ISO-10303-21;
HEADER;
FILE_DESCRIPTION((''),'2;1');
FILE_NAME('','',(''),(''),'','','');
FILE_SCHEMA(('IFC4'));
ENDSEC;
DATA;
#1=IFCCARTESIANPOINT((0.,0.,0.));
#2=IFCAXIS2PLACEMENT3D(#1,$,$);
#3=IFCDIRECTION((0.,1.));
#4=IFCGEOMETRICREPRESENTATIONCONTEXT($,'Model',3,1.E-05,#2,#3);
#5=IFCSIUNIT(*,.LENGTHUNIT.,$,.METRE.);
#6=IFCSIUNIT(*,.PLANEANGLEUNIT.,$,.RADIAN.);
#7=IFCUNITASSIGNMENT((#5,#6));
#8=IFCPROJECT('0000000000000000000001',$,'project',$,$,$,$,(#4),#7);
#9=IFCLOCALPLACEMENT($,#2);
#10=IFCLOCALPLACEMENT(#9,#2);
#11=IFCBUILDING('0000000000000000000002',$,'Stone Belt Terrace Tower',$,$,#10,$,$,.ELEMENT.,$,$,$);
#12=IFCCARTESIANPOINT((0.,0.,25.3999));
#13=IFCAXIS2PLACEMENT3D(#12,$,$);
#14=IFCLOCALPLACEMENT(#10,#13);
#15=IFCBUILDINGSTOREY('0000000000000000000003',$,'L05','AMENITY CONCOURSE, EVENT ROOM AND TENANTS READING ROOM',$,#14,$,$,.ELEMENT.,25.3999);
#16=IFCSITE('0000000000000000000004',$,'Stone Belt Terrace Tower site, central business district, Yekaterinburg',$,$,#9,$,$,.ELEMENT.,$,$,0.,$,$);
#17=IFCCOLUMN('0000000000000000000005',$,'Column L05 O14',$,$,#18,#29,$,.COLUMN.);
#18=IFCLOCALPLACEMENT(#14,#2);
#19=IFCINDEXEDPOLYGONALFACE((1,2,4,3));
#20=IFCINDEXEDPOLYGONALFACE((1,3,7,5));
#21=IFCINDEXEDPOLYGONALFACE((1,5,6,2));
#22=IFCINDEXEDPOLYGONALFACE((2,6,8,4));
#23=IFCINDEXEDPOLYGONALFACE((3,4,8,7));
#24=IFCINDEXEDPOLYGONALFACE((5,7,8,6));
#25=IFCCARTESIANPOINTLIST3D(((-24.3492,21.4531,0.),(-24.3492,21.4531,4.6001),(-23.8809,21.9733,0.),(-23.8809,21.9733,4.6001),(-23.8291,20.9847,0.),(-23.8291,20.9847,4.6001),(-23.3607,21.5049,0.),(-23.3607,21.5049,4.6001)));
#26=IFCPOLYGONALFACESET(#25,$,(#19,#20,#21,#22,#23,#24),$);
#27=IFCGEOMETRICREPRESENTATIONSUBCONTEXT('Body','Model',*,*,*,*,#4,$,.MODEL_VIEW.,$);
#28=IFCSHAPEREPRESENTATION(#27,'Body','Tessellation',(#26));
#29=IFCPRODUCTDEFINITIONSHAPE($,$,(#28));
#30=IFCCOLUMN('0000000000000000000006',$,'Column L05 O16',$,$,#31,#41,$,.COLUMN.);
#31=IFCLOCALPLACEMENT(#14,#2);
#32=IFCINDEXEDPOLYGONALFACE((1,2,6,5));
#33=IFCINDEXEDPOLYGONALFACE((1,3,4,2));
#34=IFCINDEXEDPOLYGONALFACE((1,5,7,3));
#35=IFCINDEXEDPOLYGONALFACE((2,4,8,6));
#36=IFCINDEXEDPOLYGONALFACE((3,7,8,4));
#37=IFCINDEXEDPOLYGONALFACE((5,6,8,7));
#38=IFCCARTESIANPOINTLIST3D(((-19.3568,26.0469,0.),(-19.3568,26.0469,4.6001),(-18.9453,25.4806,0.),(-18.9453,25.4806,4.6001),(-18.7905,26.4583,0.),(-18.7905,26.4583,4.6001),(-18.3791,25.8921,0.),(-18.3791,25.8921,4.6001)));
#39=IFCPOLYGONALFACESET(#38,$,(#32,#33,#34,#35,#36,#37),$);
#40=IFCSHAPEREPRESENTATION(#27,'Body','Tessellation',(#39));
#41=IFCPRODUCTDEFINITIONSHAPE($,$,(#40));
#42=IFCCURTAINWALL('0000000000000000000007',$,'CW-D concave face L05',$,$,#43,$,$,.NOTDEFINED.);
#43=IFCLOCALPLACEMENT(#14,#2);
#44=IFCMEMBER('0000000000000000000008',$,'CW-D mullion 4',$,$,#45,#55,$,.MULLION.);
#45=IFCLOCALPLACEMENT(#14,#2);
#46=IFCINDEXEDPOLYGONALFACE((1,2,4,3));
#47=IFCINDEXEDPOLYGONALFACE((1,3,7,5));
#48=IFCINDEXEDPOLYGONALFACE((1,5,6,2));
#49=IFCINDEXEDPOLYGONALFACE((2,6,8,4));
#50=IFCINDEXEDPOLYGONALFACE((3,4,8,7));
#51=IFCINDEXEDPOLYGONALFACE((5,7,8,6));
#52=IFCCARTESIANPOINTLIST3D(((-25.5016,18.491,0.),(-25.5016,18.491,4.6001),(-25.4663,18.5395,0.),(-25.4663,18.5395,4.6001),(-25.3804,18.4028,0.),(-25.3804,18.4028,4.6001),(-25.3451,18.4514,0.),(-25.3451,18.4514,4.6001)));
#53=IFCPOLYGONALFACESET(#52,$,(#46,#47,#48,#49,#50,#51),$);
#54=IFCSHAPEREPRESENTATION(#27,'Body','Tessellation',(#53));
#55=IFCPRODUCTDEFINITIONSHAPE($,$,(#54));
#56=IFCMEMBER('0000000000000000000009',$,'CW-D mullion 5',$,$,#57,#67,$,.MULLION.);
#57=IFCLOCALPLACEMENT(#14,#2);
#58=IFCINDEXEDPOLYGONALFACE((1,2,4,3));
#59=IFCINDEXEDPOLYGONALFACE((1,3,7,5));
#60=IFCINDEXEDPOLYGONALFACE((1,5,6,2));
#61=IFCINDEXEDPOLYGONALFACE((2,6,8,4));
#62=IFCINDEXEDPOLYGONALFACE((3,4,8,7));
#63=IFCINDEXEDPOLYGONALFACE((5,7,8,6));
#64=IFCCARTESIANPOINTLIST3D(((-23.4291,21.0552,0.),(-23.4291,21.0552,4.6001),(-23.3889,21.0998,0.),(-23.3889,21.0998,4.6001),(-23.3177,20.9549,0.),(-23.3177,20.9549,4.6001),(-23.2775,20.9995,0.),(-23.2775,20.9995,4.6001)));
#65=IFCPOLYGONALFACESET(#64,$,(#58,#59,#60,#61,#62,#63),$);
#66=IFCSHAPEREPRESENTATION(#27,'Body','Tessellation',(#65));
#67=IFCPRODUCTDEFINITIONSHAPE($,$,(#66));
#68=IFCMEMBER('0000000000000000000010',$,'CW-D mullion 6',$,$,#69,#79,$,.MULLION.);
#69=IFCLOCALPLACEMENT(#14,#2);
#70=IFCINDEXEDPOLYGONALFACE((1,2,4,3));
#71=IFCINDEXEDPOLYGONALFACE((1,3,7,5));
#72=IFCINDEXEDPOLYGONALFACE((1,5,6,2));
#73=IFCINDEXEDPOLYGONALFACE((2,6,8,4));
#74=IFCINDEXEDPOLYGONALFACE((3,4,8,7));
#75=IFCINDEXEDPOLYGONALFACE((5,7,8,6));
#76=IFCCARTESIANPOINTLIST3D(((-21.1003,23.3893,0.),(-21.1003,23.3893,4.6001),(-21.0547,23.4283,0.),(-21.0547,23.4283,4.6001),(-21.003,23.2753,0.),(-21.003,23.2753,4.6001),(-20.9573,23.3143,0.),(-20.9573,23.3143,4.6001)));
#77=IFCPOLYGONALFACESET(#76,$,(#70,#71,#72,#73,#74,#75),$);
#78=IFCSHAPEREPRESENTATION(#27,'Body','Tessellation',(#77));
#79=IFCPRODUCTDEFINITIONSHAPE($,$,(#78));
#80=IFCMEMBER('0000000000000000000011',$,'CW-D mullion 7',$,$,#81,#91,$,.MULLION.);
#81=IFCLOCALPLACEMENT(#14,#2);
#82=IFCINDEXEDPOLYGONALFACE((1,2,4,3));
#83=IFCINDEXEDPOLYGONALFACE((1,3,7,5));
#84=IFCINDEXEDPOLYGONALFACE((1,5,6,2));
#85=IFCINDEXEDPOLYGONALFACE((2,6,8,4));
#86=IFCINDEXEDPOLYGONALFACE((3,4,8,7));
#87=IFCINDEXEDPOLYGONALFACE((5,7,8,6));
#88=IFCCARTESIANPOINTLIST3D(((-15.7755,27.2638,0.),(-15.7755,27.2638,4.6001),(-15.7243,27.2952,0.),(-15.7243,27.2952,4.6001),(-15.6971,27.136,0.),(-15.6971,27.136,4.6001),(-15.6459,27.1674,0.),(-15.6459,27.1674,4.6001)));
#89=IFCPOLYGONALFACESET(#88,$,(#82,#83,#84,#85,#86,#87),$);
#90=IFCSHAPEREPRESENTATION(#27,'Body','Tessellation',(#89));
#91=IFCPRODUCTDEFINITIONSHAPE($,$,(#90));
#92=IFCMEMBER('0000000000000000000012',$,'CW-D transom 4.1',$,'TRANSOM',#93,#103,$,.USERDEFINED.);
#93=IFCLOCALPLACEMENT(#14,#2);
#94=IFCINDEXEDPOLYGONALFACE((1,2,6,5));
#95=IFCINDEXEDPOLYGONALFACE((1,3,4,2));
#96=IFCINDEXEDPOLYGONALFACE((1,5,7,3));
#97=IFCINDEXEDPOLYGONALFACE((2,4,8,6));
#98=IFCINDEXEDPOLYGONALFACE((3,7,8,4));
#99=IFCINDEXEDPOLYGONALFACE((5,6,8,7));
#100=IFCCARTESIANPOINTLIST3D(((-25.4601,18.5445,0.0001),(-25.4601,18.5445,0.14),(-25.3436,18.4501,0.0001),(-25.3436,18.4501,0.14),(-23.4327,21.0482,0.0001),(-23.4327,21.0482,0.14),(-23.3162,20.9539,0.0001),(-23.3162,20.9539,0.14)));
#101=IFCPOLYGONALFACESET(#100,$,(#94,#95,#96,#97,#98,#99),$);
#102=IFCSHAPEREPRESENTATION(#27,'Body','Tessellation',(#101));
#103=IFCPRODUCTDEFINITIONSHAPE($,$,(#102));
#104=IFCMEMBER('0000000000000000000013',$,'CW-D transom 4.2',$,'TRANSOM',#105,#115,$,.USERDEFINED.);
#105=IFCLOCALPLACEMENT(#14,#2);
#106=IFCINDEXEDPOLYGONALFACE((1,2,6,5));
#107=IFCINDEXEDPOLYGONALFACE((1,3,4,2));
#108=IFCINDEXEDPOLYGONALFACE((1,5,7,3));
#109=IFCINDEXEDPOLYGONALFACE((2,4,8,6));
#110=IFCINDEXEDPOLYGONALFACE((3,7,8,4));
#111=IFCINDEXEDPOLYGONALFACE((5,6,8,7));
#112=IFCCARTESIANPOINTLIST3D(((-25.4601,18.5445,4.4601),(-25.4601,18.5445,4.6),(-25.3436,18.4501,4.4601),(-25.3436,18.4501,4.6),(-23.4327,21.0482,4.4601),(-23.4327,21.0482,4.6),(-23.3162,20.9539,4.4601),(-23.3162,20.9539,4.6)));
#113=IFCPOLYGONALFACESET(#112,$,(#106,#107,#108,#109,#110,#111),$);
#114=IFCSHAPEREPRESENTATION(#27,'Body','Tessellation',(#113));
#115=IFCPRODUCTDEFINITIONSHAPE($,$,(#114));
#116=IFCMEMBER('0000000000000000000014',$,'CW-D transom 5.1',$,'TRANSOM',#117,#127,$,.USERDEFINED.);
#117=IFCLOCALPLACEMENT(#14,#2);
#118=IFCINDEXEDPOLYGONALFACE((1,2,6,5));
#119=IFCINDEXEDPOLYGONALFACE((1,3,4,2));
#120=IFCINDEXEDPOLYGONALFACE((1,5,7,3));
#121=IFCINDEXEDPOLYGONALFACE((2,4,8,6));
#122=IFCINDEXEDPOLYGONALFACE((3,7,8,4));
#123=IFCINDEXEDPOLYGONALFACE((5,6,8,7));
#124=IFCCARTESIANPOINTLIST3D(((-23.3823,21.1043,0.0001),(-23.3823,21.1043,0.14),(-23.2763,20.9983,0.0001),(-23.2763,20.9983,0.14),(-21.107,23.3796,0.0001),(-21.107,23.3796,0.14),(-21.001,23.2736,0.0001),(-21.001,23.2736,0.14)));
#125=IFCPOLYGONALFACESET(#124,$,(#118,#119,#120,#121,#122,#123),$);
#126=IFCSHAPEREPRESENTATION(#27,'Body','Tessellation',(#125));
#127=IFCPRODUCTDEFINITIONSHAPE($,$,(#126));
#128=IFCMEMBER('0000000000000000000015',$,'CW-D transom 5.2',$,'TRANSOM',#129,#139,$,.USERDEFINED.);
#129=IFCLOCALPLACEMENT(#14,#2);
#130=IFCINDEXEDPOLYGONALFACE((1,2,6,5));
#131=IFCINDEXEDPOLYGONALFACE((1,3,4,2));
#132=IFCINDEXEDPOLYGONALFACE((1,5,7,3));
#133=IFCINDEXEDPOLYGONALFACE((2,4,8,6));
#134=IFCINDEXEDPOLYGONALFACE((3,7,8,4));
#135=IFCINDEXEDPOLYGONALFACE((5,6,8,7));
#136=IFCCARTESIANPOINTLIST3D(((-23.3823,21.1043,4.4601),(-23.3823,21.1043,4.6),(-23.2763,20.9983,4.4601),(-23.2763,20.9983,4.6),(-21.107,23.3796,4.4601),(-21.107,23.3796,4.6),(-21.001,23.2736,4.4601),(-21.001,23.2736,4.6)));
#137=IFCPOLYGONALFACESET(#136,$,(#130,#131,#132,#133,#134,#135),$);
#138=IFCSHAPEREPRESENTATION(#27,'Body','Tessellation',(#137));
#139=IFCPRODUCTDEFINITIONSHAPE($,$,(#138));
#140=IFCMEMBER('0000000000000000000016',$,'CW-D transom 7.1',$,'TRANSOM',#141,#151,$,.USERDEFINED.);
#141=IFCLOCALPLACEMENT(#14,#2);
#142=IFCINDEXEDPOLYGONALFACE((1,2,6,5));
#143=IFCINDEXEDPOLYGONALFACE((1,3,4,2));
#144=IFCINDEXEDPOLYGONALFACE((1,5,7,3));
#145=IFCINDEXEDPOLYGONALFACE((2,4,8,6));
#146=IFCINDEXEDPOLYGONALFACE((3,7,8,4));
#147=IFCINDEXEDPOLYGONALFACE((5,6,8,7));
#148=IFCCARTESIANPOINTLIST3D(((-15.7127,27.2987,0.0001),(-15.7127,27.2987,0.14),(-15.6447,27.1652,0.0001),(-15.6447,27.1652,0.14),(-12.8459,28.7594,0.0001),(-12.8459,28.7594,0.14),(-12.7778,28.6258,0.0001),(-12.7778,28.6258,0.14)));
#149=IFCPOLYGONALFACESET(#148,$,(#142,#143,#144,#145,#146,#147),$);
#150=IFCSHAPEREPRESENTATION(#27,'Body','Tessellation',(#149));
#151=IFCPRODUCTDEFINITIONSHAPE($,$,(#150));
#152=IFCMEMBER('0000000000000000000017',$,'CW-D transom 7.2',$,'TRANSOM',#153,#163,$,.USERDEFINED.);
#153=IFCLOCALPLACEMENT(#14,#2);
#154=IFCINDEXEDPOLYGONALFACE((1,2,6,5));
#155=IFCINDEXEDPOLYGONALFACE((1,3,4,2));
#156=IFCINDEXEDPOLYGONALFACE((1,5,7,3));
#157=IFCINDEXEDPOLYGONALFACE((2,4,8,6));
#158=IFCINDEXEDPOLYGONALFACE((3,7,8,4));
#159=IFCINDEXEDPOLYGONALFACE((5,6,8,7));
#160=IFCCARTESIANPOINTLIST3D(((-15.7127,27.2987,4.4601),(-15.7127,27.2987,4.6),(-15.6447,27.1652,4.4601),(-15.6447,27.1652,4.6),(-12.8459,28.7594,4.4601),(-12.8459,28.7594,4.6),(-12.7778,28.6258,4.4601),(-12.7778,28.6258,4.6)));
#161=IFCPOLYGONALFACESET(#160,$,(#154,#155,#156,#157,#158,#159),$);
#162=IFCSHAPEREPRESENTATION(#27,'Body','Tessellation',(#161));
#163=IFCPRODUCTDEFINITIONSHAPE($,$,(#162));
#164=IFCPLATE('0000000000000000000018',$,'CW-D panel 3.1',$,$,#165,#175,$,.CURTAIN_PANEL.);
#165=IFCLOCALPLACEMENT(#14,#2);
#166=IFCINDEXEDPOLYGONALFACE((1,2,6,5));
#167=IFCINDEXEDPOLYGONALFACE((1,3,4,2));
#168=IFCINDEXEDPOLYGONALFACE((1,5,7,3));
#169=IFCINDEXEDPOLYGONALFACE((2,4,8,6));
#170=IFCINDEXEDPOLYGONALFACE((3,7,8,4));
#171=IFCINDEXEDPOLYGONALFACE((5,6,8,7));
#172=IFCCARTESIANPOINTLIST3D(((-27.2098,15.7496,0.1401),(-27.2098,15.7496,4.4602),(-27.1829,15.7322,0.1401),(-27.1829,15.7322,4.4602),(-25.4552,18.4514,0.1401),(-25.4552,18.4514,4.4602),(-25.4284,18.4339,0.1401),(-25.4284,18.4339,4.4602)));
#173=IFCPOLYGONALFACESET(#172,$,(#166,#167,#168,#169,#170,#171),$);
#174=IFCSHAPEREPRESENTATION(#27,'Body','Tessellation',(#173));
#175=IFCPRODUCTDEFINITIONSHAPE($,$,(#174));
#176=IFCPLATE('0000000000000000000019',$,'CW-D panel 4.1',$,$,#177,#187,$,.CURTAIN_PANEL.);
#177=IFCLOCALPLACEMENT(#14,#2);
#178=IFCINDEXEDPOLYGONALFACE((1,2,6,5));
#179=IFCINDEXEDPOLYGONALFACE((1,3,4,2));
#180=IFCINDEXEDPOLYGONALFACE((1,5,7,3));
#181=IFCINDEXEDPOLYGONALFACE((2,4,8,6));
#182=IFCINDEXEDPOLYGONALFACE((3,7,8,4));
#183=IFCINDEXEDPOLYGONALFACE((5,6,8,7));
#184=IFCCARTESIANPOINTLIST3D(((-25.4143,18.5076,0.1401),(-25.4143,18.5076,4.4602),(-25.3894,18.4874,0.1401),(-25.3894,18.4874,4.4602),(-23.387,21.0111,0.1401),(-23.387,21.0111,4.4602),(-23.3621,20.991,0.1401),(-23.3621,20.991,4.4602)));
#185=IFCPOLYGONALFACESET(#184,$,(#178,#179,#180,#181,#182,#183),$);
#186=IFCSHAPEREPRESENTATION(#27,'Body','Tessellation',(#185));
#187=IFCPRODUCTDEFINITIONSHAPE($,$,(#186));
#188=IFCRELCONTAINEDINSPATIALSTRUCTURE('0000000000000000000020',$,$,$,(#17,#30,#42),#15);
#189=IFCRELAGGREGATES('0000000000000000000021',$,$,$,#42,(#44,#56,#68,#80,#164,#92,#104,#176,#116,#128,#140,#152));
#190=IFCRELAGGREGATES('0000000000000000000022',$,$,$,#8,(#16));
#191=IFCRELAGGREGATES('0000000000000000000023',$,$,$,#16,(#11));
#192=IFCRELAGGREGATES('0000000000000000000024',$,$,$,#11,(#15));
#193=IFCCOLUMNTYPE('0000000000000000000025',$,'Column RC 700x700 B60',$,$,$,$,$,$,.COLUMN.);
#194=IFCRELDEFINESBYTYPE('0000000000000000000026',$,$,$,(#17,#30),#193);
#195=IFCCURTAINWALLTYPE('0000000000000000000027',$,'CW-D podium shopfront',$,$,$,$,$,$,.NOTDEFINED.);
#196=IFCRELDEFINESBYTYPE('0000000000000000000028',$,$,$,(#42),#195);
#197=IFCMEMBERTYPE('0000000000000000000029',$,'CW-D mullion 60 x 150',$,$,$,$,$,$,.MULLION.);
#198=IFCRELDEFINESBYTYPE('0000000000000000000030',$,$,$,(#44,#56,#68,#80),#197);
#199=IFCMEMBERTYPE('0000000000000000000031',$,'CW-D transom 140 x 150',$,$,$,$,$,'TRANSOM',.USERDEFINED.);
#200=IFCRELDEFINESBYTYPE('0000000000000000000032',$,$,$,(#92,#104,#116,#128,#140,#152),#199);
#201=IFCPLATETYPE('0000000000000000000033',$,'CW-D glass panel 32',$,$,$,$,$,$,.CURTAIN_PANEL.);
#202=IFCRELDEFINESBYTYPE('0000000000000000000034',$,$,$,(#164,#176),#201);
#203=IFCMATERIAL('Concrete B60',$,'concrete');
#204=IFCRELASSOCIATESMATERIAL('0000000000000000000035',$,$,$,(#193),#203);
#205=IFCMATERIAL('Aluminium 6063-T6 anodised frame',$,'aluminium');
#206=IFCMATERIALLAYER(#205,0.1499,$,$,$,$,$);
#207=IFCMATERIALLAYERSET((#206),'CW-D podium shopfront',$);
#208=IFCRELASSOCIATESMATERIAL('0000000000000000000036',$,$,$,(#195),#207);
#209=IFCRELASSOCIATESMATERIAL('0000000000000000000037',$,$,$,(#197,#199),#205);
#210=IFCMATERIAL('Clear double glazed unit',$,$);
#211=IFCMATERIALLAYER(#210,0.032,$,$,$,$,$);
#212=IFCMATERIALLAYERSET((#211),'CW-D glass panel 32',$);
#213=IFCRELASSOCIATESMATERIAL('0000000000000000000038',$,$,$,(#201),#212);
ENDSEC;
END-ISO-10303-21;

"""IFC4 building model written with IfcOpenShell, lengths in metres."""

from ifc_helpers import new_model, si_unit, direction, frame, origin, origin_2d, place, context, subcontext, project, spatial, rectangle, extrude, material, layer, layer_set, material_profile, profile_set, type_object, element, aggregate, save


model = new_model("IFC4")

# Units and contexts
model_context = context("Model", 3, precision=1e-05, world=origin(), true_north=direction((0.0, 1.0)))
body_context = subcontext(model_context, "Body", "Model", "MODEL_VIEW")
ifc_project = project(units=[si_unit("LENGTHUNIT", "METRE"), si_unit("PLANEANGLEUNIT", "RADIAN")], contexts=[model_context])

# Site, building, storey
site_placement = place(None, origin())
site = spatial("IfcSite", under=ifc_project, at=site_placement, Name="Stone Belt Terrace Tower site, central business district, Yekaterinburg", CompositionType="ELEMENT", RefElevation=0.0)
building_placement = place(site_placement, origin())
building = spatial("IfcBuilding", under=site, at=building_placement, Name="Stone Belt Terrace Tower", CompositionType="ELEMENT")
storey_placement = place(building_placement, frame((0.0, 0.0, 25.3999)))
storey = spatial("IfcBuildingStorey", under=building, at=storey_placement, Name="L05", Description="AMENITY CONCOURSE, EVENT ROOM AND TENANTS READING ROOM", CompositionType="ELEMENT", Elevation=25.3999)

# Columns
ifc_material_1 = material(Name="Concrete B60", Category="concrete")
ifc_material_profile_1 = material_profile(ifc_material_1, rectangle(XDim=0.7, YDim=0.7, at=origin_2d()), Name="RC 700x700")
ifc_profile_set_1 = profile_set([ifc_material_profile_1], Name="Concrete B60")
column_type = type_object("IfcColumnType", Name="Column RC 700x700 B60", PredefinedType="COLUMN", material=ifc_profile_set_1)
for number, where, z_axis, x_axis, name in (
    (1, (-23.855, 21.479, 0.0), (0.0, 0.0, 1.0), (0.669131, 0.743145, 0.0), "Column L05 O14"),
    (2, (-18.8679, 25.9695, 0.0), (0.0, 0.0, 1.0), (0.809017, 0.587785, 0.0), "Column L05 O16"),
):
    element("IfcColumn", number, at=place(storey_placement, frame(where, z_axis=z_axis, x_axis=x_axis)), inside=storey, type_object=column_type, Name=name, PredefinedType="COLUMN", context=body_context, shape_type="SweptSolid", body=[
        extrude(rectangle(XDim=0.7, YDim=0.7, at=origin_2d()), origin(), (0.0, 0.0, 1.0), 4.6001),
    ])

# Curtain wall, members, plates
ifc_material_2 = material(Name="Aluminium 6063-T6 anodised frame", Category="aluminium")
ifc_layer_1 = layer(ifc_material_2, 0.1499)
ifc_layer_set_1 = layer_set([ifc_layer_1], Name="CW-D podium shopfront")
curtain_wall_type = type_object("IfcCurtainWallType", Name="CW-D podium shopfront", PredefinedType="NOTDEFINED", material=ifc_layer_set_1)
curtain_wall_placement = place(storey_placement, origin())
curtain_wall = element("IfcCurtainWall", 3, at=curtain_wall_placement, inside=storey, type_object=curtain_wall_type, Name="CW-D concave face L05", PredefinedType="NOTDEFINED")
ifc_material_profile_2 = material_profile(ifc_material_2, rectangle(XDim=0.1499, YDim=0.0601, at=origin_2d()), Name="Aluminium 6063-T6 60x150")
ifc_profile_set_2 = profile_set([ifc_material_profile_2], Name="Aluminium 6063-T6 anodised frame")
member_type_1 = type_object("IfcMemberType", Name="CW-D mullion 60 x 150", PredefinedType="MULLION", material=ifc_profile_set_2)
member_1_placement = place(storey_placement, frame((-25.4233, 18.4712, 0.0), z_axis=(0.0, 0.0, 1.0), x_axis=(-0.809017, 0.587785, 0.0)))
member_1 = element("IfcMember", 4, at=member_1_placement, type_object=member_type_1, Name="CW-D mullion 4", PredefinedType="MULLION", context=body_context, shape_type="SweptSolid", body=[
    extrude(rectangle(XDim=0.1499, YDim=0.0601, at=origin_2d()), origin(), (0.0, 0.0, 1.0), 4.6001),
])
member_2_placement = place(storey_placement, frame((-23.3533, 21.0273, 0.0), z_axis=(0.0, 0.0, 1.0), x_axis=(-0.743145, 0.669131, 0.0)))
member_2 = element("IfcMember", 5, at=member_2_placement, type_object=member_type_1, Name="CW-D mullion 5", PredefinedType="MULLION", context=body_context, shape_type="SweptSolid", body=[
    extrude(rectangle(XDim=0.1499, YDim=0.0601, at=origin_2d()), origin(), (0.0, 0.0, 1.0), 4.6001),
])
member_3_placement = place(storey_placement, frame((-21.0288, 23.3518, 0.0), z_axis=(0.0, 0.0, 1.0), x_axis=(-0.649448, 0.760406, 0.0)))
member_3 = element("IfcMember", 6, at=member_3_placement, type_object=member_type_1, Name="CW-D mullion 6", PredefinedType="MULLION", context=body_context, shape_type="SweptSolid", body=[
    extrude(rectangle(XDim=0.1499, YDim=0.0601, at=origin_2d()), origin(), (0.0, 0.0, 1.0), 4.6001),
])
member_4_placement = place(storey_placement, frame((-15.7107, 27.2156, 0.0), z_axis=(0.0, 0.0, 1.0), x_axis=(-0.522499, 0.85264, 0.0)))
member_4 = element("IfcMember", 7, at=member_4_placement, type_object=member_type_1, Name="CW-D mullion 7", PredefinedType="MULLION", context=body_context, shape_type="SweptSolid", body=[
    extrude(rectangle(XDim=0.1499, YDim=0.0601, at=origin_2d()), origin(), (0.0, 0.0, 1.0), 4.6001),
])
ifc_material_profile_3 = material_profile(ifc_material_2, rectangle(XDim=0.1499, YDim=0.1399, at=origin_2d()), Name="Aluminium 6063-T6 150x140")
ifc_profile_set_3 = profile_set([ifc_material_profile_3], Name="Aluminium 6063-T6 anodised frame")
member_type_2 = type_object("IfcMemberType", Name="CW-D transom 140 x 150", ElementType="TRANSOM", PredefinedType="USERDEFINED", material=ifc_profile_set_3)
member_5_placement = place(storey_placement, frame((-25.4019, 18.4973, 0.0701), z_axis=(0.629305, 0.777158, 0.0), x_axis=(-0.777158, 0.629305, 0.0)))
member_5 = element("IfcMember", 8, at=member_5_placement, type_object=member_type_2, Name="CW-D transom 4.1", ObjectType="TRANSOM", PredefinedType="USERDEFINED", context=body_context, shape_type="SweptSolid", body=[
    extrude(rectangle(XDim=0.1499, YDim=0.1399, at=origin_2d()), origin(), (0.0, 0.0, 1.0), 3.2217),
])
member_6_placement = place(storey_placement, frame((-25.4019, 18.4973, 4.53), z_axis=(0.629305, 0.777158, 0.0), x_axis=(-0.777158, 0.629305, 0.0)))
member_6 = element("IfcMember", 9, at=member_6_placement, type_object=member_type_2, Name="CW-D transom 4.2", ObjectType="TRANSOM", PredefinedType="USERDEFINED", context=body_context, shape_type="SweptSolid", body=[
    extrude(rectangle(XDim=0.1499, YDim=0.1399, at=origin_2d()), origin(), (0.0, 0.0, 1.0), 3.2217),
])
member_7_placement = place(storey_placement, frame((-23.3293, 21.0513, 0.0701), z_axis=(0.707107, 0.707107, 0.0), x_axis=(-0.707107, 0.707107, 0.0)))
member_7 = element("IfcMember", 10, at=member_7_placement, type_object=member_type_2, Name="CW-D transom 5.1", ObjectType="TRANSOM", PredefinedType="USERDEFINED", context=body_context, shape_type="SweptSolid", body=[
    extrude(rectangle(XDim=0.1499, YDim=0.1399, at=origin_2d()), origin(), (0.0, 0.0, 1.0), 3.2178),
])
member_8_placement = place(storey_placement, frame((-23.3293, 21.0513, 4.53), z_axis=(0.707107, 0.707107, 0.0), x_axis=(-0.707107, 0.707107, 0.0)))
member_8 = element("IfcMember", 11, at=member_8_placement, type_object=member_type_2, Name="CW-D transom 5.2", ObjectType="TRANSOM", PredefinedType="USERDEFINED", context=body_context, shape_type="SweptSolid", body=[
    extrude(rectangle(XDim=0.1499, YDim=0.1399, at=origin_2d()), origin(), (0.0, 0.0, 1.0), 3.2178),
])
member_9_placement = place(storey_placement, frame((-15.6787, 27.2319, 0.0701), z_axis=(0.891017, 0.453969, 0.0), x_axis=(-0.453969, 0.891017, 0.0)))
member_9 = element("IfcMember", 12, at=member_9_placement, type_object=member_type_2, Name="CW-D transom 7.1", ObjectType="TRANSOM", PredefinedType="USERDEFINED", context=body_context, shape_type="SweptSolid", body=[
    extrude(rectangle(XDim=0.1499, YDim=0.1399, at=origin_2d()), origin(), (0.0, 0.0, 1.0), 3.2175),
])
member_10_placement = place(storey_placement, frame((-15.6787, 27.2319, 4.53), z_axis=(0.891017, 0.453969, 0.0), x_axis=(-0.453969, 0.891017, 0.0)))
member_10 = element("IfcMember", 13, at=member_10_placement, type_object=member_type_2, Name="CW-D transom 7.2", ObjectType="TRANSOM", PredefinedType="USERDEFINED", context=body_context, shape_type="SweptSolid", body=[
    extrude(rectangle(XDim=0.1499, YDim=0.1399, at=origin_2d()), origin(), (0.0, 0.0, 1.0), 3.2175),
])
ifc_material_3 = material(Name="Clear double glazed unit")
ifc_layer_2 = layer(ifc_material_3, 0.032)
ifc_layer_set_2 = layer_set([ifc_layer_2], Name="CW-D glass panel 32")
plate_type = type_object("IfcPlateType", Name="CW-D glass panel 32", PredefinedType="CURTAIN_PANEL", material=ifc_layer_set_2)
plate_1_placement = place(storey_placement, frame((-26.3191, 17.0918, 0.1401), z_axis=(0.0, 0.0, 1.0), x_axis=(0.544639, 0.838671, 0.0)))
plate_1 = element("IfcPlate", 14, at=plate_1_placement, type_object=plate_type, Name="CW-D panel 3.1", PredefinedType="CURTAIN_PANEL", context=body_context, shape_type="SweptSolid", body=[
    extrude(rectangle(XDim=3.2214, YDim=0.032, at=origin_2d()), origin(), (0.0, 0.0, 1.0), 4.3201),
])
plate_2_placement = place(storey_placement, frame((-24.3882, 19.7493, 0.1401), z_axis=(0.0, 0.0, 1.0), x_axis=(0.62932, 0.777146, 0.0)))
plate_2 = element("IfcPlate", 15, at=plate_2_placement, type_object=plate_type, Name="CW-D panel 4.1", PredefinedType="CURTAIN_PANEL", context=body_context, shape_type="SweptSolid", body=[
    extrude(rectangle(XDim=3.2214, YDim=0.032, at=origin_2d()), origin(), (0.0, 0.0, 1.0), 4.3201),
])
aggregate(curtain_wall, [member_1, member_2, member_3, member_4, plate_1, member_5, member_6, plate_2, member_7, member_8, member_9, member_10])

save(model, "model.ifc")
